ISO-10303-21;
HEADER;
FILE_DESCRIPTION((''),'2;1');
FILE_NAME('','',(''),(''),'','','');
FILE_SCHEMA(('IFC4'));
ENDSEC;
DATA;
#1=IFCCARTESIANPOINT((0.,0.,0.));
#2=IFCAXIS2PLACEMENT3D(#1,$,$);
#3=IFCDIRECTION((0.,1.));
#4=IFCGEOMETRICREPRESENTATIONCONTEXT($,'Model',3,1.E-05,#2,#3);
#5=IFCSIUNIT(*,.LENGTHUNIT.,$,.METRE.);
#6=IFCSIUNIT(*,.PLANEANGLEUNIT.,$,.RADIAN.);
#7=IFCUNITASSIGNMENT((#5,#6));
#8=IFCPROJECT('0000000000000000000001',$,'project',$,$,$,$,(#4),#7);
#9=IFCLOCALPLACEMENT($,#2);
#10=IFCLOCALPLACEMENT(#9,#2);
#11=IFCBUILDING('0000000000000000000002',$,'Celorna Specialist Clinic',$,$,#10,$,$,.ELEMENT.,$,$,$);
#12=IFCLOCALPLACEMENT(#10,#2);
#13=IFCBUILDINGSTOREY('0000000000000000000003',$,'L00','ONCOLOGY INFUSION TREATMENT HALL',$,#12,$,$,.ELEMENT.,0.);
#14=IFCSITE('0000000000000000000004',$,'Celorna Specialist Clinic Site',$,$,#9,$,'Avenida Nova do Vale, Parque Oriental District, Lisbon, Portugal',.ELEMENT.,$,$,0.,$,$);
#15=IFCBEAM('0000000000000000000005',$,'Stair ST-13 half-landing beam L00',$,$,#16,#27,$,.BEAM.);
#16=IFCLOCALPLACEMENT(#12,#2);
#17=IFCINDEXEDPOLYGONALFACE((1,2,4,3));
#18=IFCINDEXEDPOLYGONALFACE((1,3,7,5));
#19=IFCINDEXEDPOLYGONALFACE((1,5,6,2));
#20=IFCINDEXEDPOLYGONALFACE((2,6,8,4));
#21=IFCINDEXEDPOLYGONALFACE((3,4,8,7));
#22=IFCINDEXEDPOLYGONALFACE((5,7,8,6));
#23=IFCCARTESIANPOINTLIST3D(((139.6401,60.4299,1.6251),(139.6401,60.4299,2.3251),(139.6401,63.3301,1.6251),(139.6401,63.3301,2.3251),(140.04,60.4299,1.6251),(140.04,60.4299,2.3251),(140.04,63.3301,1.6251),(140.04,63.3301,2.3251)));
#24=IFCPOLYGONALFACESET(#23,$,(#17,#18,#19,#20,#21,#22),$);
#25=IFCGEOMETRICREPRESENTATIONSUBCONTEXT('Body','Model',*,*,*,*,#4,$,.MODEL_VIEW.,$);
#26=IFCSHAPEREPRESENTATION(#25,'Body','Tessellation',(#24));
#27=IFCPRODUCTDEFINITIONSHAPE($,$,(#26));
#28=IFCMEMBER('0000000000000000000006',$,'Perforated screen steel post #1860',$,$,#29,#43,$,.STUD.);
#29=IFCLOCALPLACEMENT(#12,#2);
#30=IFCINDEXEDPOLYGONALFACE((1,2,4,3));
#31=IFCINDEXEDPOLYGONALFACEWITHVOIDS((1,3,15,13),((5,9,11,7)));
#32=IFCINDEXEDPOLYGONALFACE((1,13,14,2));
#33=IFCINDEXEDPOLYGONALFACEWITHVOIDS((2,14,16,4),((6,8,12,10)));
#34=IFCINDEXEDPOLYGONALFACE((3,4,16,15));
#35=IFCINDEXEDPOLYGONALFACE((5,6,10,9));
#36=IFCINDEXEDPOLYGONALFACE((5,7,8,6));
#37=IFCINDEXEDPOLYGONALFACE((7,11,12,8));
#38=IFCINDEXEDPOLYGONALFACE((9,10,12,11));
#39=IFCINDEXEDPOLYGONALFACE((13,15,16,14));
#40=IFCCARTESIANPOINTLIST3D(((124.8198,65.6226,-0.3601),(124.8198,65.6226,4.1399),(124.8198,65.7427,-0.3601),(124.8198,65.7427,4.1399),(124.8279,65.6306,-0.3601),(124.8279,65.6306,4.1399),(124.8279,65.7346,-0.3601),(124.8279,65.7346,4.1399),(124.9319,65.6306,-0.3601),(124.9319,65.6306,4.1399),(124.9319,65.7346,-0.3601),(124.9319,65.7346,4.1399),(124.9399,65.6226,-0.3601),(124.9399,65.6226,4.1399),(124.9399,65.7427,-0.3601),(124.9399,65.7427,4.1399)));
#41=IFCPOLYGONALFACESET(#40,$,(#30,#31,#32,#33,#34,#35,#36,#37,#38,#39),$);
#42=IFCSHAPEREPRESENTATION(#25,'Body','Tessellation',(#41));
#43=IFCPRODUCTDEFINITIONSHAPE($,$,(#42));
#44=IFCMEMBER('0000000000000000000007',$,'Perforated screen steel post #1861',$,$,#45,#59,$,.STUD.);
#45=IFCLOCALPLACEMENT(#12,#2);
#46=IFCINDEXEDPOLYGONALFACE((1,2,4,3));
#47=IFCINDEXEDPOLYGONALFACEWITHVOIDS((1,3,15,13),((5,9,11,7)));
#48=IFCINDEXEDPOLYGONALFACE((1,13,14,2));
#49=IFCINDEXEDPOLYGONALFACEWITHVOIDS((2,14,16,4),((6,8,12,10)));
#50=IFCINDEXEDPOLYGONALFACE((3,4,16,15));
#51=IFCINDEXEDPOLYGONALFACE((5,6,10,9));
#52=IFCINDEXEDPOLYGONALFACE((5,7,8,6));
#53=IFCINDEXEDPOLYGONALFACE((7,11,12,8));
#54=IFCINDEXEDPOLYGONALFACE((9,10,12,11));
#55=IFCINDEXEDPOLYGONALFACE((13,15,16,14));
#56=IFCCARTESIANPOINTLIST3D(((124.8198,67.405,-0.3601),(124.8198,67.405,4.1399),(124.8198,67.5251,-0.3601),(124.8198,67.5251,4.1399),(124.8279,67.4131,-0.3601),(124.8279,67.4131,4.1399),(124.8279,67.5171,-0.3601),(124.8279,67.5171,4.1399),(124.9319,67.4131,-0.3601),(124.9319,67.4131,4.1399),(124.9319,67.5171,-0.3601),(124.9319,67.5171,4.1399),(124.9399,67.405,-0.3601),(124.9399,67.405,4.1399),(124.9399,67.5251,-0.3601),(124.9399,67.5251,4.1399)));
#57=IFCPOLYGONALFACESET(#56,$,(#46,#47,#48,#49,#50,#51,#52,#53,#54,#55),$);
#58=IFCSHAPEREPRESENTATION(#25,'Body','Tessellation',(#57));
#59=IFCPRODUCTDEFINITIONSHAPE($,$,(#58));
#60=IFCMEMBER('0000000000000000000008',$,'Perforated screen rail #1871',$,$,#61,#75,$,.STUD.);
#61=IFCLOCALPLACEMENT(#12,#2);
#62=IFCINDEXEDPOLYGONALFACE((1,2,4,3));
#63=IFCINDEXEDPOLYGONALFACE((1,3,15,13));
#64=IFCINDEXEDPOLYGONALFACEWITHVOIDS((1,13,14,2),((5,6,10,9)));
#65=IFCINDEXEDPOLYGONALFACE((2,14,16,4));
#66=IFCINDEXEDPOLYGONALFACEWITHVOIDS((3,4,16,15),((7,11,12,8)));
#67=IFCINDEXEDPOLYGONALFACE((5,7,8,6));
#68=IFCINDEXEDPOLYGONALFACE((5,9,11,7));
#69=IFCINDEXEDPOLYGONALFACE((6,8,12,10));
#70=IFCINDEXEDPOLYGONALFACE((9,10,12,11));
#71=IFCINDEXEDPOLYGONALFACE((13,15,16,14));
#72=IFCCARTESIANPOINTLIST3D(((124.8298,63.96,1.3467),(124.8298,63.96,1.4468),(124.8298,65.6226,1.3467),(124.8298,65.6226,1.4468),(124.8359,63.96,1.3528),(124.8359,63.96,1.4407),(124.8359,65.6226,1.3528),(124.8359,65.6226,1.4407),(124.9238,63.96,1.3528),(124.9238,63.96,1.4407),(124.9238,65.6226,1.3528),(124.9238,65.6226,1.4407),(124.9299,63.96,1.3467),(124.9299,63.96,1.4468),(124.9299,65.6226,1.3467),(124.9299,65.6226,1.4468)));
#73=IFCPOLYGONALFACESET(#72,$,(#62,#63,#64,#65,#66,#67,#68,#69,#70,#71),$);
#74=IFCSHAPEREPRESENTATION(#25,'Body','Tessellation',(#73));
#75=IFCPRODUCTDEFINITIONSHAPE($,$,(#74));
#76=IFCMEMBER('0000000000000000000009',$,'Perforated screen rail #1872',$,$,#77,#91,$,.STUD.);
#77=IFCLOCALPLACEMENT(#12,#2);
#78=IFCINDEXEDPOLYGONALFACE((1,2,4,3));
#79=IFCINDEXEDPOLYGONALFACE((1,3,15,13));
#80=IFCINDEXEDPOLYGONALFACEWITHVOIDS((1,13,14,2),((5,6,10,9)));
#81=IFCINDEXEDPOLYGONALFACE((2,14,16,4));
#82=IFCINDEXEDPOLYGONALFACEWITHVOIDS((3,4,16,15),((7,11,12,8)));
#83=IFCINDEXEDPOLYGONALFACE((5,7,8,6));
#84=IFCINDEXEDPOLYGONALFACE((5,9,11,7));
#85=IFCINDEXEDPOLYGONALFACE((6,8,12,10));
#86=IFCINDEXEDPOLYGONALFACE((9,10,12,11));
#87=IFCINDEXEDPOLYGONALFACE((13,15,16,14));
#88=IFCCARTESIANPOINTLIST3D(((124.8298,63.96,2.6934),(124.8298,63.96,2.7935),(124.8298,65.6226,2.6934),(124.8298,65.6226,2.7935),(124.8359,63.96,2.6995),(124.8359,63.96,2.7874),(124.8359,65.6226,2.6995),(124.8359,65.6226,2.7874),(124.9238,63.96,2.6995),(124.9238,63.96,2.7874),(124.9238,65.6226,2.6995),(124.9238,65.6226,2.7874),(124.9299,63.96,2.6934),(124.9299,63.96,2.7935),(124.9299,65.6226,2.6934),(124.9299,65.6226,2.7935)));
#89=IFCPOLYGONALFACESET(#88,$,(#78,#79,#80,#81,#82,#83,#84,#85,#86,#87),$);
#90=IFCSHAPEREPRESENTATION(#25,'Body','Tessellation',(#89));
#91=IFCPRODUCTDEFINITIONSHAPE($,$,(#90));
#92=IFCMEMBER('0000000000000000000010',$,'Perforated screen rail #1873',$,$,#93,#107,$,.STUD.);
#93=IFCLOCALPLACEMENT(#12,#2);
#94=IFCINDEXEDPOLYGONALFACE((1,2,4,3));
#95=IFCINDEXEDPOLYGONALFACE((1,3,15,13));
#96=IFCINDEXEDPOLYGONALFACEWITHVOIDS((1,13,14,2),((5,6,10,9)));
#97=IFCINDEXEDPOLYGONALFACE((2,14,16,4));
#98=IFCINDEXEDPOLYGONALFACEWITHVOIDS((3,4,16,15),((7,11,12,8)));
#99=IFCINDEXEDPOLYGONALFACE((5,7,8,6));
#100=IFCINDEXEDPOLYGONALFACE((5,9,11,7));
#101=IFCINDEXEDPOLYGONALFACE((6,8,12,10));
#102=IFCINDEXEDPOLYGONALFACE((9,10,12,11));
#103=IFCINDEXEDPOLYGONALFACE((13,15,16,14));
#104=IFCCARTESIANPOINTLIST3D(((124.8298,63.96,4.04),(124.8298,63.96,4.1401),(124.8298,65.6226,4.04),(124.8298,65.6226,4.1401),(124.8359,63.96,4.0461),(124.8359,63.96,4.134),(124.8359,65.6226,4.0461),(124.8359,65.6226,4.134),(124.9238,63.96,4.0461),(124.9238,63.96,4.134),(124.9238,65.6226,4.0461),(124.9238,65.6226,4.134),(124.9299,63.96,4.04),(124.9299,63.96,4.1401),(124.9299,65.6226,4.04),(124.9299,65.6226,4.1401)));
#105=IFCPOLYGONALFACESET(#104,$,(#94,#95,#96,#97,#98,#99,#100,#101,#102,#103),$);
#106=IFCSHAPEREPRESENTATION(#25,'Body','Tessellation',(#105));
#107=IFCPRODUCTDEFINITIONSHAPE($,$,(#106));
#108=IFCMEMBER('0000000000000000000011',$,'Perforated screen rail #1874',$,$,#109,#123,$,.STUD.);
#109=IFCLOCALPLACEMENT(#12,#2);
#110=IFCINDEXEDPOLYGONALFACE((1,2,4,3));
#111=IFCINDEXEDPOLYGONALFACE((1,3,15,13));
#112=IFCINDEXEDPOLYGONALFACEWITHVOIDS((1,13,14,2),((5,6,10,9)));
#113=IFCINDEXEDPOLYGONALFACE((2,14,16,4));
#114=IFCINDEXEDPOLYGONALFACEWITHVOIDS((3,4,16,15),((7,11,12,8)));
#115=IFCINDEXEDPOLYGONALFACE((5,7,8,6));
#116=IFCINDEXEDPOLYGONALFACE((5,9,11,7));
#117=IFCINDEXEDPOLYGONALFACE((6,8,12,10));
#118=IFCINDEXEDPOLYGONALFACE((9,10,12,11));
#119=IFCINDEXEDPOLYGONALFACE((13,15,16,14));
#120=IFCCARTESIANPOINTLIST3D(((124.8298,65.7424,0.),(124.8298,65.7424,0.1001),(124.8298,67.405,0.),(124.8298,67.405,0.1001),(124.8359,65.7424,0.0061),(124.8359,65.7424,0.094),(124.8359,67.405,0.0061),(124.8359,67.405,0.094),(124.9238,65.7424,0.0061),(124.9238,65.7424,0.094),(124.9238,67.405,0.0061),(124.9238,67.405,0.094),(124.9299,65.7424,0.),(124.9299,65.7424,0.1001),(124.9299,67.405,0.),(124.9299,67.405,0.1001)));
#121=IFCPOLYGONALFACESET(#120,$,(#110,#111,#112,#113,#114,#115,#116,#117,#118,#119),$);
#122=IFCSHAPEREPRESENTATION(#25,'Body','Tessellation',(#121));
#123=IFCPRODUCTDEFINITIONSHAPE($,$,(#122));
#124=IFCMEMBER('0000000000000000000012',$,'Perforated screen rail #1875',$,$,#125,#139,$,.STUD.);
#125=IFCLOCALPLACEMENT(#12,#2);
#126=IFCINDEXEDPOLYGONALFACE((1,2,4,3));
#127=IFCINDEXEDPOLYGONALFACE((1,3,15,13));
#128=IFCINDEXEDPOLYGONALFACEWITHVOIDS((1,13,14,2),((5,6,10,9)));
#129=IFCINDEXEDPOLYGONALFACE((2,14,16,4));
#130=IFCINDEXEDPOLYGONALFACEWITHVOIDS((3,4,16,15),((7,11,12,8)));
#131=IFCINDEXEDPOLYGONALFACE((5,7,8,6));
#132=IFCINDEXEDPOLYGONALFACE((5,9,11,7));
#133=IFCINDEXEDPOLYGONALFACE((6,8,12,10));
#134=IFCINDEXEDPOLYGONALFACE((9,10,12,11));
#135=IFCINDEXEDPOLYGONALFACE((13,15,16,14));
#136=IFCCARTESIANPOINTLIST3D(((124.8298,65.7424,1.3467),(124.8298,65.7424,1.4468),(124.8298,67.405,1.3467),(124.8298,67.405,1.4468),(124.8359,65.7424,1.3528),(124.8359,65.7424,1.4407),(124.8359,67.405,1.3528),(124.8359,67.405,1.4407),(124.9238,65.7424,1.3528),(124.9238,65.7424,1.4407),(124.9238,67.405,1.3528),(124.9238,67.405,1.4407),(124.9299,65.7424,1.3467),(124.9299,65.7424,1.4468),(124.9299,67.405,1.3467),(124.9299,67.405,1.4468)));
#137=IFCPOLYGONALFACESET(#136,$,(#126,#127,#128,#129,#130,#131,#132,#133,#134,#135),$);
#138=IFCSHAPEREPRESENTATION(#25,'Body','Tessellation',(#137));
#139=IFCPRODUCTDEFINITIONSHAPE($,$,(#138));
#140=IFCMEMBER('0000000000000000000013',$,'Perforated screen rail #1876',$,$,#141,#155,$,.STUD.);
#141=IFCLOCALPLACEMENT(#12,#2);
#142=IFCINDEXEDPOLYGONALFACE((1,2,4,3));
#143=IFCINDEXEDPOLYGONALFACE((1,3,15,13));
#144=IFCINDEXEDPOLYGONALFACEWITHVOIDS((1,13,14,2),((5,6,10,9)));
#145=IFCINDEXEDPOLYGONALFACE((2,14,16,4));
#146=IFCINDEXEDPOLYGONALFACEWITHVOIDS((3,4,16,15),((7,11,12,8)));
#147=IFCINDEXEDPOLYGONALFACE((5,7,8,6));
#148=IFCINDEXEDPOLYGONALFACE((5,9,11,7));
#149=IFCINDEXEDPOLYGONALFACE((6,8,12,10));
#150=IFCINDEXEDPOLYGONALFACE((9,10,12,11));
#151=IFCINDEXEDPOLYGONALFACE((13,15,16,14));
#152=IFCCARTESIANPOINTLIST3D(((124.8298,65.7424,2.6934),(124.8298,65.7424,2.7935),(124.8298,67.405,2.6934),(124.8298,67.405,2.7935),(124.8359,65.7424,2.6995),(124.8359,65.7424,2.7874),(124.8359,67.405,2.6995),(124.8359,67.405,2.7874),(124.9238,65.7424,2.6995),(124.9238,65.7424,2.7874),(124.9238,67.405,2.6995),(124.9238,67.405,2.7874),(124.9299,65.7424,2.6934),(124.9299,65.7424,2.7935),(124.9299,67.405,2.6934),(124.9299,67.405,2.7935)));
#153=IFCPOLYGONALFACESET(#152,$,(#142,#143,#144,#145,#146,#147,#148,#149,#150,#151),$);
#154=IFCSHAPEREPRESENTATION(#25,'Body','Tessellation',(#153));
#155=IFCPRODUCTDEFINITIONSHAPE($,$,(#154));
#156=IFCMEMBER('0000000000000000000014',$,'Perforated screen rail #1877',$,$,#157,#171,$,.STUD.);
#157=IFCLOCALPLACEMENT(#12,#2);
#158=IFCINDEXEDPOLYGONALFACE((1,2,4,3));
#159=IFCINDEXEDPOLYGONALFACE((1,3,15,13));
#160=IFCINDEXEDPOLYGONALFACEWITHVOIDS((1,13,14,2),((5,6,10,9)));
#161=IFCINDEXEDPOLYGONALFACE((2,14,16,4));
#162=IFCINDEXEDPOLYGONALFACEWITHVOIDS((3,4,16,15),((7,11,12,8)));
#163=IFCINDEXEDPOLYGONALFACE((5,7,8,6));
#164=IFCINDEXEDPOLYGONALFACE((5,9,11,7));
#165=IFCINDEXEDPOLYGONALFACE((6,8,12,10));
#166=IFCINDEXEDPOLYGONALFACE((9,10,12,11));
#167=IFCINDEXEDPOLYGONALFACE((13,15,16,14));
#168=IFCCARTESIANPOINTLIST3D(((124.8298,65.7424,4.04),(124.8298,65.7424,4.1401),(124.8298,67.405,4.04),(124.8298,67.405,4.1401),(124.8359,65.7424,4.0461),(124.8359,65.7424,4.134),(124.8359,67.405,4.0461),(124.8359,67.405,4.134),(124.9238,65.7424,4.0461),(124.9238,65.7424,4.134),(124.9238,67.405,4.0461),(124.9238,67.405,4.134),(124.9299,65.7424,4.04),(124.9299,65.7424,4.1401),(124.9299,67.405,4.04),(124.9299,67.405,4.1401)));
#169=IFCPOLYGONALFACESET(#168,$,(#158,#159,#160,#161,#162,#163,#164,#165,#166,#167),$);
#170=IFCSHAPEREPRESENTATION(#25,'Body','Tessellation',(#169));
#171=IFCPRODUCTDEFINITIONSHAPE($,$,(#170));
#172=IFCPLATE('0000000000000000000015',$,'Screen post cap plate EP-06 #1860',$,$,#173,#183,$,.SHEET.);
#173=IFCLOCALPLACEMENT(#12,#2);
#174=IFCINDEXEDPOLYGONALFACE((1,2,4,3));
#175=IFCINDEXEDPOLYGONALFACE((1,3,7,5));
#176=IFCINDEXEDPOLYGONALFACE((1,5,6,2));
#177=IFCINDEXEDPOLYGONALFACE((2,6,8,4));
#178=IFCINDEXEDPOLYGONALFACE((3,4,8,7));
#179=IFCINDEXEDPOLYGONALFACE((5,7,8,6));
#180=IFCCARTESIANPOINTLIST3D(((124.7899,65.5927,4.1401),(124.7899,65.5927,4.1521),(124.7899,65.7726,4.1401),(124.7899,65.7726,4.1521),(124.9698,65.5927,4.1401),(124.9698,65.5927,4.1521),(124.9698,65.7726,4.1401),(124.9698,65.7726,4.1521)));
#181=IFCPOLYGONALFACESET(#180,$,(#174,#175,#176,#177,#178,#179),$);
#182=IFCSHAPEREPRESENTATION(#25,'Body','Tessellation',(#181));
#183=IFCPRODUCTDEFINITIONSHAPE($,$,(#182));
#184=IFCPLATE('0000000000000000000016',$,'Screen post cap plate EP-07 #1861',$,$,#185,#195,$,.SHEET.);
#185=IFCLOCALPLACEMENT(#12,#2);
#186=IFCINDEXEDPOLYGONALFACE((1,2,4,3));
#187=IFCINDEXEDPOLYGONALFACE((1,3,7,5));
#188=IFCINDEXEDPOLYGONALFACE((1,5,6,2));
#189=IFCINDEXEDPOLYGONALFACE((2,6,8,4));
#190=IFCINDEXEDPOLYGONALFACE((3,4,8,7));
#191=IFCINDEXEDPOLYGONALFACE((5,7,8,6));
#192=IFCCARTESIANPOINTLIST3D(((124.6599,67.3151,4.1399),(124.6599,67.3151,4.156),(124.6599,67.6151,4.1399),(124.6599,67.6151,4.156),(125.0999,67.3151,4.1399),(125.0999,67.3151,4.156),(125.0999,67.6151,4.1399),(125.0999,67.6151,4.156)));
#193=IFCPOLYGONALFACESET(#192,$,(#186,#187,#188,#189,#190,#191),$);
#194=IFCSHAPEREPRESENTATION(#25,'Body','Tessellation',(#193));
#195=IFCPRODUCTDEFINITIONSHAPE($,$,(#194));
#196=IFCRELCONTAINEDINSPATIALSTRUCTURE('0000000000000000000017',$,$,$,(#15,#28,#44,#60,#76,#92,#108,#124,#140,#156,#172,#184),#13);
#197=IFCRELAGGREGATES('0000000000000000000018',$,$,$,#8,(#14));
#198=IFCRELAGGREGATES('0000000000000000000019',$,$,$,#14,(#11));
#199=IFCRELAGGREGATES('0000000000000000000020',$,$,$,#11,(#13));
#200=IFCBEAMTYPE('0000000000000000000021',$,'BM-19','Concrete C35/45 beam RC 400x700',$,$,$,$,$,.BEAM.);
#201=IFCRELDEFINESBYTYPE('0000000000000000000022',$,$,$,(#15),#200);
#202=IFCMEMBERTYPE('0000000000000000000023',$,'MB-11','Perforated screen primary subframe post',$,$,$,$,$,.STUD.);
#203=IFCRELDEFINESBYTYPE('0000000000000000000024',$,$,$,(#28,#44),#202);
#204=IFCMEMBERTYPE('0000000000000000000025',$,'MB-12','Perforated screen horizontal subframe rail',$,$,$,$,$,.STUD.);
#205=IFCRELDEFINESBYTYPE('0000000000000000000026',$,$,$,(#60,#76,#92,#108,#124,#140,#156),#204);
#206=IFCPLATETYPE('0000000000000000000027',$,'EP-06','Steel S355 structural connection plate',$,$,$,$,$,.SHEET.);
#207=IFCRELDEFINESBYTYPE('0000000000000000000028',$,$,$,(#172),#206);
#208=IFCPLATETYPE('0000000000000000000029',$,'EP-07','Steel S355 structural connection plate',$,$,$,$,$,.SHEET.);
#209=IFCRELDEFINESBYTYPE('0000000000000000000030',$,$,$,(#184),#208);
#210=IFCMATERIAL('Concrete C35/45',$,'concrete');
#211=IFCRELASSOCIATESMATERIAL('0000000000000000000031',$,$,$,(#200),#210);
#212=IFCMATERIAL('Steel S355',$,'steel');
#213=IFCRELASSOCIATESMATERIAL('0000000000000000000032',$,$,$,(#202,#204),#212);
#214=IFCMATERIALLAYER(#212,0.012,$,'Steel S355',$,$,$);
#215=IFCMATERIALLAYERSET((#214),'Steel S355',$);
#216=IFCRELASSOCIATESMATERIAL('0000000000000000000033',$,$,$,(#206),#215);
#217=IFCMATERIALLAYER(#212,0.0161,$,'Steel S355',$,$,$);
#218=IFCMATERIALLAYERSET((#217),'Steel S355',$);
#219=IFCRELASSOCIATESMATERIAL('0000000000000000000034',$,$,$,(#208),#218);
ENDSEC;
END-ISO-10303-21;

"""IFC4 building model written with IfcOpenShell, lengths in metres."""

from ifc_helpers import new_model, si_unit, direction, frame, origin, origin_2d, place, context, subcontext, project, spatial, rectangle, hollow_rectangle, extrude, material, layer, layer_set, material_profile, profile_set, type_object, element, save


model = new_model("IFC4")

# Units and contexts
model_context = context("Model", 3, precision=1e-05, world=origin(), true_north=direction((0.0, 1.0)))
body_context = subcontext(model_context, "Body", "Model", "MODEL_VIEW")
ifc_project = project(units=[si_unit("LENGTHUNIT", "METRE"), si_unit("PLANEANGLEUNIT", "RADIAN")], contexts=[model_context])

# Site, building, storey
site_placement = place(None, origin())
site = spatial("IfcSite", under=ifc_project, at=site_placement, Name="Celorna Specialist Clinic Site", LongName="Avenida Nova do Vale, Parque Oriental District, Lisbon, Portugal", CompositionType="ELEMENT", RefElevation=0.0)
building_placement = place(site_placement, origin())
building = spatial("IfcBuilding", under=site, at=building_placement, Name="Celorna Specialist Clinic", CompositionType="ELEMENT")
storey_placement = place(building_placement, origin())
storey = spatial("IfcBuildingStorey", under=building, at=storey_placement, Name="L00", Description="ONCOLOGY INFUSION TREATMENT HALL", CompositionType="ELEMENT", Elevation=0.0)

# Shared definitions
ifc_material_1 = material(Name="Concrete C35/45", Category="concrete")
ifc_material_2 = material(Name="Steel S355", Category="steel")

# Beam
ifc_material_profile_1 = material_profile(ifc_material_1, rectangle(XDim=0.3999, YDim=0.7, at=origin_2d()), Name="RC 400x700")
ifc_profile_set_1 = profile_set([ifc_material_profile_1], Name="Concrete C35/45")
beam_type_1 = type_object("IfcBeamType", Name="BM-19", Description="Concrete C35/45 beam RC 400x700", PredefinedType="BEAM", material=ifc_profile_set_1)
beam_1_placement = place(storey_placement, frame((139.8401, 60.4299, 1.9751), z_axis=(0.0, 1.0, 0.0), x_axis=(-1.0, 0.0, 0.0)))
element("IfcBeam", 1, at=beam_1_placement, inside=storey, type_object=beam_type_1, Name="Stair ST-13 half-landing beam L00", PredefinedType="BEAM", context=body_context, shape_type="SweptSolid", body=[
    extrude(rectangle(XDim=0.3999, YDim=0.7, at=origin_2d()), origin(), (0.0, 0.0, 1.0), 2.9001),
])

# Members
ifc_material_profile_2 = material_profile(ifc_material_2, hollow_rectangle(XDim=0.1201, YDim=0.1201, WallThickness=0.0081, at=origin_2d()), Name="SHS 120x120x8")
ifc_profile_set_2 = profile_set([ifc_material_profile_2], Name="Steel S355")
member_type_1 = type_object("IfcMemberType", Name="MB-11", Description="Perforated screen primary subframe post", PredefinedType="STUD", material=ifc_profile_set_2)
for number, where, z_axis, x_axis, name in (
    (2, (124.8799, 65.6826, -0.3601), (0.0, 0.0, 1.0), (1.0, 0.0, 0.0), "Perforated screen steel post #1860"),
    (3, (124.8799, 67.4651, -0.3601), (0.0, 0.0, 1.0), (1.0, 0.0, 0.0), "Perforated screen steel post #1861"),
):
    element("IfcMember", number, at=place(storey_placement, frame(where, z_axis=z_axis, x_axis=x_axis)), inside=storey, type_object=member_type_1, Name=name, PredefinedType="STUD", context=body_context, shape_type="SweptSolid", body=[
        extrude(hollow_rectangle(XDim=0.1201, YDim=0.1201, WallThickness=0.0081, at=origin_2d()), origin(), (0.0, 0.0, 1.0), 4.5),
    ])
ifc_material_profile_3 = material_profile(ifc_material_2, hollow_rectangle(XDim=0.1001, YDim=0.1001, WallThickness=0.0061, at=origin_2d()), Name="SHS 100x100x6")
ifc_profile_set_3 = profile_set([ifc_material_profile_3], Name="Steel S355")
member_type_2 = type_object("IfcMemberType", Name="MB-12", Description="Perforated screen horizontal subframe rail", PredefinedType="STUD", material=ifc_profile_set_3)
for number, where, z_axis, x_axis, name in (
    (4, (124.8799, 63.96, 1.3967), (0.0, 1.0, 0.0), (-1.0, 0.0, 0.0), "Perforated screen rail #1871"),
    (5, (124.8799, 63.96, 2.7434), (0.0, 1.0, 0.0), (-1.0, 0.0, 0.0), "Perforated screen rail #1872"),
    (6, (124.8799, 63.96, 4.0901), (0.0, 1.0, 0.0), (-1.0, 0.0, 0.0), "Perforated screen rail #1873"),
    (7, (124.8799, 65.7424, 0.05), (0.0, 1.0, 0.0), (-1.0, 0.0, 0.0), "Perforated screen rail #1874"),
    (8, (124.8799, 65.7424, 1.3967), (0.0, 1.0, 0.0), (-1.0, 0.0, 0.0), "Perforated screen rail #1875"),
    (9, (124.8799, 65.7424, 2.7434), (0.0, 1.0, 0.0), (-1.0, 0.0, 0.0), "Perforated screen rail #1876"),
    (10, (124.8799, 65.7424, 4.0901), (0.0, 1.0, 0.0), (-1.0, 0.0, 0.0), "Perforated screen rail #1877"),
):
    element("IfcMember", number, at=place(storey_placement, frame(where, z_axis=z_axis, x_axis=x_axis)), inside=storey, type_object=member_type_2, Name=name, PredefinedType="STUD", context=body_context, shape_type="SweptSolid", body=[
        extrude(hollow_rectangle(XDim=0.1001, YDim=0.1001, WallThickness=0.0061, at=origin_2d()), origin(), (0.0, 0.0, 1.0), 1.6626),
    ])

# Plates
ifc_layer_1 = layer(ifc_material_2, 0.012, Name="Steel S355")
ifc_layer_set_1 = layer_set([ifc_layer_1], Name="Steel S355")
plate_type_1 = type_object("IfcPlateType", Name="EP-06", Description="Steel S355 structural connection plate", PredefinedType="SHEET", material=ifc_layer_set_1)
plate_1_placement = place(storey_placement, frame((124.8799, 65.6826, 4.1401), z_axis=(0.0, 0.0, 1.0), x_axis=(0.0, 1.0, 0.0)))
element("IfcPlate", 11, at=plate_1_placement, inside=storey, type_object=plate_type_1, Name="Screen post cap plate EP-06 #1860", PredefinedType="SHEET", context=body_context, shape_type="SweptSolid", body=[
    extrude(rectangle(XDim=0.1799, YDim=0.1799, at=origin_2d()), origin(), (0.0, 0.0, 1.0), 0.012),
])
ifc_layer_2 = layer(ifc_material_2, 0.0161, Name="Steel S355")
ifc_layer_set_2 = layer_set([ifc_layer_2], Name="Steel S355")
plate_type_2 = type_object("IfcPlateType", Name="EP-07", Description="Steel S355 structural connection plate", PredefinedType="SHEET", material=ifc_layer_set_2)
plate_2_placement = place(storey_placement, frame((124.8799, 67.4651, 4.1399), z_axis=(0.0, 0.0, 1.0), x_axis=(0.0, 1.0, 0.0)))
element("IfcPlate", 12, at=plate_2_placement, inside=storey, type_object=plate_type_2, Name="Screen post cap plate EP-07 #1861", PredefinedType="SHEET", context=body_context, shape_type="SweptSolid", body=[
    extrude(rectangle(XDim=0.3, YDim=0.4399, at=origin_2d()), origin(), (0.0, 0.0, 1.0), 0.0161),
])

save(model, "model.ifc")
